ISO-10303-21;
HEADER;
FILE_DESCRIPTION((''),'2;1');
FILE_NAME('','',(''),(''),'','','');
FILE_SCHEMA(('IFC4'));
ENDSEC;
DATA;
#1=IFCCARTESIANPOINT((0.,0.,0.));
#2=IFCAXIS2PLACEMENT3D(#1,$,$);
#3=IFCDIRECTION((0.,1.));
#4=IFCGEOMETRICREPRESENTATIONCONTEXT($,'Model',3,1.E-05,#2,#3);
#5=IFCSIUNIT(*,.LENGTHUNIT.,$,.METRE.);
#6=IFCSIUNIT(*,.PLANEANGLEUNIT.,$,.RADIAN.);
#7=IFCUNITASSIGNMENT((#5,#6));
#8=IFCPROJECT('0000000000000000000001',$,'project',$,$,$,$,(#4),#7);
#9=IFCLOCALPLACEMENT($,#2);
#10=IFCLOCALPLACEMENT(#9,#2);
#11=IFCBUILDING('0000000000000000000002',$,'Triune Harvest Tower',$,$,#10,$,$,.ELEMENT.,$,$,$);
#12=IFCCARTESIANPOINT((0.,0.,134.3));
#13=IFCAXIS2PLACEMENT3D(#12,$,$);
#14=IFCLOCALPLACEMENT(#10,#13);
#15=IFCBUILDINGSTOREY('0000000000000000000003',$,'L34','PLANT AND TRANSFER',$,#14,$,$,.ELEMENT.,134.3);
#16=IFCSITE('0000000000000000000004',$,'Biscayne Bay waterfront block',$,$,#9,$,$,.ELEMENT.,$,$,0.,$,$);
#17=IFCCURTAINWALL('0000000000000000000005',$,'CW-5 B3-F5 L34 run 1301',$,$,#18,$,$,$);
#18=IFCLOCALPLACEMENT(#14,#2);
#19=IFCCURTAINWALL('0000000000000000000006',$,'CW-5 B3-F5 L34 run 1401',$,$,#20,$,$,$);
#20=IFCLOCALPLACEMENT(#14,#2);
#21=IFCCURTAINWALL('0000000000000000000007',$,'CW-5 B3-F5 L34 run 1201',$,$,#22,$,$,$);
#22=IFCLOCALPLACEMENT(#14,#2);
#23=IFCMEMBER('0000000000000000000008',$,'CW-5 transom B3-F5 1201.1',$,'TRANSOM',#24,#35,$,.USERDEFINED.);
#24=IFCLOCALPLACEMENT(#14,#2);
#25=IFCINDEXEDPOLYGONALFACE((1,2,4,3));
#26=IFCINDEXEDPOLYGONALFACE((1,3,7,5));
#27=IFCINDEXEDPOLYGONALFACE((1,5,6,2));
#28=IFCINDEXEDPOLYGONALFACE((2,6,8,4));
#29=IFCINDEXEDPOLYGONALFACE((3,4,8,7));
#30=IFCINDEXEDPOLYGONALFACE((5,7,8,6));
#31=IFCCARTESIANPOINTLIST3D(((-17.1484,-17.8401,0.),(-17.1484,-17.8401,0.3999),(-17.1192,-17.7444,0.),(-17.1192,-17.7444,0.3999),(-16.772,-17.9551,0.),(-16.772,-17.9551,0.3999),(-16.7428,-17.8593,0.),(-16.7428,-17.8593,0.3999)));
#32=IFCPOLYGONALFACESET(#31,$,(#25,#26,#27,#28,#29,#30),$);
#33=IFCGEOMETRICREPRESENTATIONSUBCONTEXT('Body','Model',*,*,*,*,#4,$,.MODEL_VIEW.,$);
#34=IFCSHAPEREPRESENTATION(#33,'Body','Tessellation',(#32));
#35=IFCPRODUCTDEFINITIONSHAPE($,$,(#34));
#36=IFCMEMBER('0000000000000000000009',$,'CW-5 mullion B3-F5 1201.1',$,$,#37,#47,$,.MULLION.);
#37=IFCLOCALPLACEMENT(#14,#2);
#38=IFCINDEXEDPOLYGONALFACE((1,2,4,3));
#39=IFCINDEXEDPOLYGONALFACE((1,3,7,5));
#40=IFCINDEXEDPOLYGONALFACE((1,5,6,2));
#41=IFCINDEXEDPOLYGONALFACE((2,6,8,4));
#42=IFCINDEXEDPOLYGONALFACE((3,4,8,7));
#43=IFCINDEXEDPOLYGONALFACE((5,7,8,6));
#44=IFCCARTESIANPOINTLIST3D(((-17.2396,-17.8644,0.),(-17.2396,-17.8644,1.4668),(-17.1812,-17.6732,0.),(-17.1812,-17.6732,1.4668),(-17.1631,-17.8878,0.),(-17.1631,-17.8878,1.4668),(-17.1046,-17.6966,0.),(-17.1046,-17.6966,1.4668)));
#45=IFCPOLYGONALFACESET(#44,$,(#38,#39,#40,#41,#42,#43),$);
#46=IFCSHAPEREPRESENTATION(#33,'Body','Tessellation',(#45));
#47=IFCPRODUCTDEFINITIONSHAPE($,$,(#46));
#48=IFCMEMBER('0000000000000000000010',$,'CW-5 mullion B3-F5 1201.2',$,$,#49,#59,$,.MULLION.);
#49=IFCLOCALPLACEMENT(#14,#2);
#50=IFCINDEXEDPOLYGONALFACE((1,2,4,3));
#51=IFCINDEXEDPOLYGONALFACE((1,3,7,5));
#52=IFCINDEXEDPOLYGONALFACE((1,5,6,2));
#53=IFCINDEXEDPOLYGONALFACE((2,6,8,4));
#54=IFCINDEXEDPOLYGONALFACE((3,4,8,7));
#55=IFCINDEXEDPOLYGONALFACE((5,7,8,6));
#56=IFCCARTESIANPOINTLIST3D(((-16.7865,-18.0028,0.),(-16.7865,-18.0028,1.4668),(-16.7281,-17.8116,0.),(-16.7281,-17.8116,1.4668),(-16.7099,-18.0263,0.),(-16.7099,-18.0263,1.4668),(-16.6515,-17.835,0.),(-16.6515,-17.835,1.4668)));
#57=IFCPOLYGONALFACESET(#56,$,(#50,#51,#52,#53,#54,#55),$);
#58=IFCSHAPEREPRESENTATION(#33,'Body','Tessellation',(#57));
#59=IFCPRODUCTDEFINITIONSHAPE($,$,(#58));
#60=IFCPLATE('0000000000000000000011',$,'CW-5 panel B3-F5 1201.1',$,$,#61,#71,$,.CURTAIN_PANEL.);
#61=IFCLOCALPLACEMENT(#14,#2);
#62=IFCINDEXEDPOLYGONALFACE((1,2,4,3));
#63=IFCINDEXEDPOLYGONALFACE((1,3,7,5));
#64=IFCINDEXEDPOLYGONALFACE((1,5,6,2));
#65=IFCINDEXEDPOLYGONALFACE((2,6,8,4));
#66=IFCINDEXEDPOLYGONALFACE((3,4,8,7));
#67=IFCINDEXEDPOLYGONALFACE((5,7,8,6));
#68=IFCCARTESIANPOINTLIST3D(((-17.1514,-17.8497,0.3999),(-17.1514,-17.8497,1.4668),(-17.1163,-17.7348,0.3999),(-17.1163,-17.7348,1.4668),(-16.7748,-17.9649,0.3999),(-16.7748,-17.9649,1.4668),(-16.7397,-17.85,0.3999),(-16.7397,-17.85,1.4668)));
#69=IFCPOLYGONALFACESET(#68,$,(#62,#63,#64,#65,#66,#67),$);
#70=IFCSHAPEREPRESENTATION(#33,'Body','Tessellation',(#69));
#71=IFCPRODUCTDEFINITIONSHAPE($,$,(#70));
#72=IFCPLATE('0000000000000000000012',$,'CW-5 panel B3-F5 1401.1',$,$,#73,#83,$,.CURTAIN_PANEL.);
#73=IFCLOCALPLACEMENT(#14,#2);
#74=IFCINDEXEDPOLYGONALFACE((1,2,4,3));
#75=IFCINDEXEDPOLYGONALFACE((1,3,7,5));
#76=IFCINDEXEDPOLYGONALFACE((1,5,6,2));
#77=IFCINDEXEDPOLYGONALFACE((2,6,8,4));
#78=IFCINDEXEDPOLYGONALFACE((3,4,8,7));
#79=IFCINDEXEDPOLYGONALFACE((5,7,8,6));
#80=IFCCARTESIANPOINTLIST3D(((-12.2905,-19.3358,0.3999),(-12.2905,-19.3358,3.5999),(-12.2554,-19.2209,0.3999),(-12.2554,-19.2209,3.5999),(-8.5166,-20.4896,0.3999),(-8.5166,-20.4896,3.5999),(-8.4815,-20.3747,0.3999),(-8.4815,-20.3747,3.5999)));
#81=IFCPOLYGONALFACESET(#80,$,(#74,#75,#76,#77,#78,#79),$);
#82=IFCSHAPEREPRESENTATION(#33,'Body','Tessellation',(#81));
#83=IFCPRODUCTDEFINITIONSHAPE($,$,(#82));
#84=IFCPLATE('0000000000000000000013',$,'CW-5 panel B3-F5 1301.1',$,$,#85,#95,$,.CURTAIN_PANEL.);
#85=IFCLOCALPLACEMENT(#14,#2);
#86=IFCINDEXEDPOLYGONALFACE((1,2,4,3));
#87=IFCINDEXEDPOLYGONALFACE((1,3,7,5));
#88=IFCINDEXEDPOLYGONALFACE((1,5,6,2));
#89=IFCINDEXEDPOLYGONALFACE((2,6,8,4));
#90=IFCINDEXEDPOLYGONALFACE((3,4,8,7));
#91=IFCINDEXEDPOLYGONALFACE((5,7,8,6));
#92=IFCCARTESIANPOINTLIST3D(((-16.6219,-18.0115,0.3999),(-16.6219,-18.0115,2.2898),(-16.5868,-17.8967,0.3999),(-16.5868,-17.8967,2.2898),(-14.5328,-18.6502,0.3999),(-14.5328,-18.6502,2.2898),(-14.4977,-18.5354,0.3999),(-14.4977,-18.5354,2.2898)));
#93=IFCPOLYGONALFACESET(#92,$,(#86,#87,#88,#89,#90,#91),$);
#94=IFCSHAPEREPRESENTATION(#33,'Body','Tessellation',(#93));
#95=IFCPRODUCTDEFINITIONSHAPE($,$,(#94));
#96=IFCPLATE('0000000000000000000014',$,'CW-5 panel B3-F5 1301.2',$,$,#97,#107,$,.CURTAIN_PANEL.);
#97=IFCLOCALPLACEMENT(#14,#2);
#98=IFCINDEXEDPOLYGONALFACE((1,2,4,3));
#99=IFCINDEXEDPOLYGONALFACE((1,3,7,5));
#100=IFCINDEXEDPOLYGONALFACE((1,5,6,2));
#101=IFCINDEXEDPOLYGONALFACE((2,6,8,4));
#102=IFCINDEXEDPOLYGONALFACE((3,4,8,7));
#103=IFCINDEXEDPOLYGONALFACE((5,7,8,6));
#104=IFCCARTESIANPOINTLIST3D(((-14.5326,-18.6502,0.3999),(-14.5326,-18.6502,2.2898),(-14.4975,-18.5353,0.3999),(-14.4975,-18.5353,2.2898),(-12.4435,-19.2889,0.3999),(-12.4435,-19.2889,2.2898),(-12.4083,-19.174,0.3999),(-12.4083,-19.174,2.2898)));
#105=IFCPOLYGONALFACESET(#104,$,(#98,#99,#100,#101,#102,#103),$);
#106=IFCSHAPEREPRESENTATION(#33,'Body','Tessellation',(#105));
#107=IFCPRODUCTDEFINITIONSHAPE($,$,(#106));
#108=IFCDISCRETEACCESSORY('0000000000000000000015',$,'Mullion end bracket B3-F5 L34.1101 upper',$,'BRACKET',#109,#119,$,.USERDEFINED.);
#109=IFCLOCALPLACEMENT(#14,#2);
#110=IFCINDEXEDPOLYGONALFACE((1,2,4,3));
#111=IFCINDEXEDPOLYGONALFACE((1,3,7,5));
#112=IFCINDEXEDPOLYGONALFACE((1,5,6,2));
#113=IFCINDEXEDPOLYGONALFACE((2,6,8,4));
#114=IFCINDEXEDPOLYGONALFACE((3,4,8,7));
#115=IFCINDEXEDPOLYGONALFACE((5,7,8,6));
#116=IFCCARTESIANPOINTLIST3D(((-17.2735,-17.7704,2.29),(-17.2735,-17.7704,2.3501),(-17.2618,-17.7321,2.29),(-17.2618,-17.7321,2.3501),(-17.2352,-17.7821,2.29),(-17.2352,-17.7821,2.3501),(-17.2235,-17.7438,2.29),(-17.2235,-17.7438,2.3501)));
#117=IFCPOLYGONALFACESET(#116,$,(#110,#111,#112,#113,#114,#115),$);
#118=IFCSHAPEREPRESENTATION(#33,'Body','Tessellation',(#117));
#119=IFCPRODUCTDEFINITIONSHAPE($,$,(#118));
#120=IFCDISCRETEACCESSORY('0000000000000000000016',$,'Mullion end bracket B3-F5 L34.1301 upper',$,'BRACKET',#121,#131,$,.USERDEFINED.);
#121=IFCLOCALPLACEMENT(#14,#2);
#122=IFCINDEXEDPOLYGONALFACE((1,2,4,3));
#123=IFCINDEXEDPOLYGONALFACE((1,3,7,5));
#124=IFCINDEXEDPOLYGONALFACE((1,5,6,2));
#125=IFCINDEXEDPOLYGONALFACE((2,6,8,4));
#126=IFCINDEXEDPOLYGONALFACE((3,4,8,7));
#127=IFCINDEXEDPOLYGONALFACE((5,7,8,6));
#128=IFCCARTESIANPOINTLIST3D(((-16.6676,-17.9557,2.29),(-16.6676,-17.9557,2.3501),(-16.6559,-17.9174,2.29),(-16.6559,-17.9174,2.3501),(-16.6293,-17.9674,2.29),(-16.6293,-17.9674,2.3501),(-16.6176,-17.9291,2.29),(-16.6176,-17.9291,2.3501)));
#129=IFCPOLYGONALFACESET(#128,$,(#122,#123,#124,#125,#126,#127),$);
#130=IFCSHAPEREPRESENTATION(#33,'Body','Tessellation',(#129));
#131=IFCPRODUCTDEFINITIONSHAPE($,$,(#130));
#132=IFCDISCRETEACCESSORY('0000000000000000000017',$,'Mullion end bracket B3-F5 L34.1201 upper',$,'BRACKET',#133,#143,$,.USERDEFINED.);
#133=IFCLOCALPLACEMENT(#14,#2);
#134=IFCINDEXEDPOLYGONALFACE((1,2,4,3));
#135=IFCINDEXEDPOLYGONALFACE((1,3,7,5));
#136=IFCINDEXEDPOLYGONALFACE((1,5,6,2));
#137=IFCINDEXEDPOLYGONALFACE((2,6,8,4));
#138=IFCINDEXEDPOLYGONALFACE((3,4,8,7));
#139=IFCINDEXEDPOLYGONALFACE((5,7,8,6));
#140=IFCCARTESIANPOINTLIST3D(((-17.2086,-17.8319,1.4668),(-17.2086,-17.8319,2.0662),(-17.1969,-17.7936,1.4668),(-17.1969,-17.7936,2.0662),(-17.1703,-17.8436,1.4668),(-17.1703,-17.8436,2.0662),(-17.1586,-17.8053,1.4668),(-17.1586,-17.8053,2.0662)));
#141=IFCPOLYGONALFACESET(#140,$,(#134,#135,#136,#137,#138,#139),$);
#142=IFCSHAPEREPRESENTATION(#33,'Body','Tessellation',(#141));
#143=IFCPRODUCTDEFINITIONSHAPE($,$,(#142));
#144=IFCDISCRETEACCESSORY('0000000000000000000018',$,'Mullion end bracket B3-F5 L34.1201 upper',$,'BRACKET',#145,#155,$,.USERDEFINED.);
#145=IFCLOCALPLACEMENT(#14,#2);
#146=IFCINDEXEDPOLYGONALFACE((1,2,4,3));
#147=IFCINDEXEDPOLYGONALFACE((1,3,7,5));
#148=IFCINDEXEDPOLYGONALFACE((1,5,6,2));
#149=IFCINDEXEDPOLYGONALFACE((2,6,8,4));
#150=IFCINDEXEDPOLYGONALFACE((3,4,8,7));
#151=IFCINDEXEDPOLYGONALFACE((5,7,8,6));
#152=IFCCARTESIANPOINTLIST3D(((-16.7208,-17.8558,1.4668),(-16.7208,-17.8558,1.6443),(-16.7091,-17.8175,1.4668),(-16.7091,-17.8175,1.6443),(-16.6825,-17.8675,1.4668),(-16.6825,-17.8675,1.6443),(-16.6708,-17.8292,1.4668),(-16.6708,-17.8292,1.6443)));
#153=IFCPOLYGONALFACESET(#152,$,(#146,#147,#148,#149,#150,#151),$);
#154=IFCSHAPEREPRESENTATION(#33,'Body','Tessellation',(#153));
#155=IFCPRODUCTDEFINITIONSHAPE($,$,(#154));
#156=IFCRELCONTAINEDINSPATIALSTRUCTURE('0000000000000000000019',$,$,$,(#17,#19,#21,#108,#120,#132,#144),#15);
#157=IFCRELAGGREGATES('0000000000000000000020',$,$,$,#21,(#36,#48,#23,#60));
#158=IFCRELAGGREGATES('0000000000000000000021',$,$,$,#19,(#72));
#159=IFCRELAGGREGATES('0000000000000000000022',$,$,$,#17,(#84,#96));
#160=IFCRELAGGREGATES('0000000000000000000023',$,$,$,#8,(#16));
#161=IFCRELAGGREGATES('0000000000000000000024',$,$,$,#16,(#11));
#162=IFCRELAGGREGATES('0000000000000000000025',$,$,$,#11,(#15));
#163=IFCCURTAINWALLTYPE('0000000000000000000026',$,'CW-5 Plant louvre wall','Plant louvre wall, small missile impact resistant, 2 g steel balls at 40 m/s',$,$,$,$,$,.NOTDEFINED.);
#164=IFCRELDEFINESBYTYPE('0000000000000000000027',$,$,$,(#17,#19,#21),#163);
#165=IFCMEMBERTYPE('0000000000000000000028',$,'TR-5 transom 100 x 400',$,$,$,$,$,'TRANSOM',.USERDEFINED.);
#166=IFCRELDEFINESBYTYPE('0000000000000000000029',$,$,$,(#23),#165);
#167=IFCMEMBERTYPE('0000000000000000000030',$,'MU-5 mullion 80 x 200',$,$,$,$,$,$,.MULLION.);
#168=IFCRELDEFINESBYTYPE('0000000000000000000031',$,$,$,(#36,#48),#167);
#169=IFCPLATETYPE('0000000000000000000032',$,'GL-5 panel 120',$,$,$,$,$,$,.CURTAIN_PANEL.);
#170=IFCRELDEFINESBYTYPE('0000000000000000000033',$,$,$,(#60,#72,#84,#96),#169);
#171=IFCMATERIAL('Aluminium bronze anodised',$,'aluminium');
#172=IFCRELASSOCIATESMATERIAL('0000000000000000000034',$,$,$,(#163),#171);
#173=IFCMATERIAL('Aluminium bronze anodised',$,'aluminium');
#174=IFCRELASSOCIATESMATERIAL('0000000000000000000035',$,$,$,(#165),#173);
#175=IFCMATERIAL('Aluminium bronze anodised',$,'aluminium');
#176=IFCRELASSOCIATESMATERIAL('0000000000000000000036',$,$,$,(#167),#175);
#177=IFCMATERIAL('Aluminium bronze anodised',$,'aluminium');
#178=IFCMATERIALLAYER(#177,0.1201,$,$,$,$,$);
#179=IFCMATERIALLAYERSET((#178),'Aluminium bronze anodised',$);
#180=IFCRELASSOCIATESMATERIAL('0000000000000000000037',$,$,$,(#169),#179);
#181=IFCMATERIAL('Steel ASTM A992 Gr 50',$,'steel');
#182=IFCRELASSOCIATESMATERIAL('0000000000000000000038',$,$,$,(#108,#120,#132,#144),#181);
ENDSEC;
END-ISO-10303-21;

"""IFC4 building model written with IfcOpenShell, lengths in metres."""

from ifc_helpers import new_model, si_unit, direction, frame, origin, origin_2d, place, context, subcontext, project, spatial, rectangle, extrude, source, transform, mapped, material, layer, layer_set, material_profile, profile_set, type_object, element, aggregate, save


model = new_model("IFC4")

# Units and contexts
model_context = context("Model", 3, precision=1e-05, world=origin(), true_north=direction((0.0, 1.0)))
body_context = subcontext(model_context, "Body", "Model", "MODEL_VIEW")
ifc_project = project(units=[si_unit("LENGTHUNIT", "METRE"), si_unit("PLANEANGLEUNIT", "RADIAN")], contexts=[model_context])

# Site, building, storey
site_placement = place(None, origin())
site = spatial("IfcSite", under=ifc_project, at=site_placement, Name="Biscayne Bay waterfront block", CompositionType="ELEMENT", RefElevation=0.0)
building_placement = place(site_placement, origin())
building = spatial("IfcBuilding", under=site, at=building_placement, Name="Triune Harvest Tower", CompositionType="ELEMENT")
storey_placement = place(building_placement, frame((0.0, 0.0, 134.3)))
storey = spatial("IfcBuildingStorey", under=building, at=storey_placement, Name="L34", Description="PLANT AND TRANSFER", CompositionType="ELEMENT", Elevation=134.3)

# Curtain wall
ifc_material_1 = material(Name="Aluminium bronze anodised", Category="aluminium")
curtain_wall_type = type_object("IfcCurtainWallType", Name="CW-5 Plant louvre wall", Description="Plant louvre wall, small missile impact resistant, 2 g steel balls at 40 m/s", PredefinedType="NOTDEFINED", material=ifc_material_1)
curtain_wall_1_placement = place(storey_placement, origin())
curtain_wall_1 = element("IfcCurtainWall", 1, at=curtain_wall_1_placement, inside=storey, type_object=curtain_wall_type, Name="CW-5 B3-F5 L34 run 1301")
ifc_material_2 = material(Name="Aluminium bronze anodised", Category="aluminium")
ifc_material_profile_1 = material_profile(ifc_material_2, rectangle(XDim=0.1001, YDim=0.3999, at=origin_2d()), Name="TR-5 transom 100 x 400")
ifc_profile_set_1 = profile_set([ifc_material_profile_1], Name="Aluminium bronze anodised")
member_type_1 = type_object("IfcMemberType", Name="TR-5 transom 100 x 400", ElementType="TRANSOM", PredefinedType="USERDEFINED", material=ifc_profile_set_1)

# Curtain wall
curtain_wall_2_placement = place(storey_placement, origin())
curtain_wall_2 = element("IfcCurtainWall", 2, at=curtain_wall_2_placement, inside=storey, type_object=curtain_wall_type, Name="CW-5 B3-F5 L34 run 1401")
ifc_material_3 = material(Name="Aluminium bronze anodised", Category="aluminium")
ifc_material_profile_2 = material_profile(ifc_material_3, rectangle(XDim=0.2, YDim=0.0801, at=origin_2d()), Name="MU-5 mullion 80 x 200")
ifc_profile_set_2 = profile_set([ifc_material_profile_2], Name="Aluminium bronze anodised")
member_type_2 = type_object("IfcMemberType", Name="MU-5 mullion 80 x 200", PredefinedType="MULLION", material=ifc_profile_set_2)

# Curtain wall, members, plate
curtain_wall_3_placement = place(storey_placement, origin())
curtain_wall_3 = element("IfcCurtainWall", 3, at=curtain_wall_3_placement, inside=storey, type_object=curtain_wall_type, Name="CW-5 B3-F5 L34 run 1201")
shared_shape_1 = source(origin(), body_context, "Body", "SweptSolid", [
    extrude(rectangle(XDim=0.1001, YDim=0.3999, at=origin_2d()), origin(), (0.0, 0.0, 1.0), 0.3936),
])
member_1_placement = place(storey_placement, frame((-17.1338, -17.7922, 0.2), z_axis=(0.95638, -0.292124, 0.0), x_axis=(0.292124, 0.95638, 0.0)))
member_1 = element("IfcMember", 4, at=member_1_placement, type_object=member_type_1, Name="CW-5 transom B3-F5 1201.1", ObjectType="TRANSOM", PredefinedType="USERDEFINED", context=body_context, shape_type="MappedRepresentation", body=[
    mapped(shared_shape_1, transform((0.0, 0.0, 0.0), scale=1.0)),
])
shared_shape_2 = source(origin(), body_context, "Body", "SweptSolid", [
    extrude(rectangle(XDim=0.2, YDim=0.0801, at=origin_2d()), origin(), (0.0, 0.0, 1.0), 1.4668),
])
member_2_placement = place(storey_placement, frame((-17.1721, -17.7805, 0.0), z_axis=(0.0, 0.0, 1.0), x_axis=(0.292397, 0.956297, 0.0)))
member_2 = element("IfcMember", 5, at=member_2_placement, type_object=member_type_2, Name="CW-5 mullion B3-F5 1201.1", PredefinedType="MULLION", context=body_context, shape_type="MappedRepresentation", body=[
    mapped(shared_shape_2, transform((0.0, 0.0, 0.0), scale=1.0)),
])
member_3_placement = place(storey_placement, frame((-16.719, -17.9189, 0.0), z_axis=(0.0, 0.0, 1.0), x_axis=(0.292397, 0.956297, 0.0)))
member_3 = element("IfcMember", 6, at=member_3_placement, type_object=member_type_2, Name="CW-5 mullion B3-F5 1201.2", PredefinedType="MULLION", context=body_context, shape_type="MappedRepresentation", body=[
    mapped(shared_shape_2, transform((0.0, 0.0, 0.0), scale=1.0)),
])
ifc_material_4 = material(Name="Aluminium bronze anodised", Category="aluminium")
ifc_layer = layer(ifc_material_4, 0.1201)
ifc_layer_set = layer_set([ifc_layer], Name="Aluminium bronze anodised")
plate_type = type_object("IfcPlateType", Name="GL-5 panel 120", PredefinedType="CURTAIN_PANEL", material=ifc_layer_set)
plate_1_placement = place(storey_placement, frame((-16.9456, -17.8499, 0.3999), z_axis=(0.0, 0.0, 1.0), x_axis=(0.956297, -0.292397, 0.0)))
plate_1 = element("IfcPlate", 7, at=plate_1_placement, type_object=plate_type, Name="CW-5 panel B3-F5 1201.1", PredefinedType="CURTAIN_PANEL", context=body_context, shape_type="SweptSolid", body=[
    extrude(rectangle(XDim=0.3938, YDim=0.1201, at=origin_2d()), origin(), (0.0, 0.0, 1.0), 1.0669),
])
aggregate(curtain_wall_3, [member_2, member_3, member_1, plate_1])

# Plates
shared_shape_3 = source(origin(), body_context, "Body", "SweptSolid", [
    extrude(rectangle(XDim=3.9463, YDim=0.1201, at=origin_2d()), origin(), (0.0, 0.0, 1.0), 3.2),
])
plate_2_placement = place(storey_placement, frame((-10.386, -19.8552, 0.3999), z_axis=(0.0, 0.0, 1.0), x_axis=(0.956304, -0.292374, 0.0)))
plate_2 = element("IfcPlate", 8, at=plate_2_placement, type_object=plate_type, Name="CW-5 panel B3-F5 1401.1", PredefinedType="CURTAIN_PANEL", context=body_context, shape_type="MappedRepresentation", body=[
    mapped(shared_shape_3, transform((0.0, 0.0, 0.0), scale=1.0)),
])
aggregate(curtain_wall_2, [plate_2])
shared_shape_4 = source(origin(), body_context, "Body", "SweptSolid", [
    extrude(rectangle(XDim=2.1846, YDim=0.1201, at=origin_2d()), origin(), (0.0, 0.0, 1.0), 1.8899),
])
plate_3_placement = place(storey_placement, frame((-15.5598, -18.2734, 0.3999), z_axis=(0.0, 0.0, 1.0), x_axis=(0.956305, -0.292369, 0.0)))
plate_3 = element("IfcPlate", 9, at=plate_3_placement, type_object=plate_type, Name="CW-5 panel B3-F5 1301.1", PredefinedType="CURTAIN_PANEL", context=body_context, shape_type="MappedRepresentation", body=[
    mapped(shared_shape_4, transform((0.0, 0.0, 0.0), scale=1.0)),
])
plate_4_placement = place(storey_placement, frame((-13.4705, -18.9121, 0.3999), z_axis=(0.0, 0.0, 1.0), x_axis=(0.956305, -0.292369, 0.0)))
plate_4 = element("IfcPlate", 10, at=plate_4_placement, type_object=plate_type, Name="CW-5 panel B3-F5 1301.2", PredefinedType="CURTAIN_PANEL", context=body_context, shape_type="MappedRepresentation", body=[
    mapped(shared_shape_4, transform((0.0, 0.0, 0.0), scale=1.0)),
])
aggregate(curtain_wall_1, [plate_3, plate_4])

# Discrete accessories
ifc_material_5 = material(Name="Steel ASTM A992 Gr 50", Category="steel")
shared_shape_5 = source(origin(), body_context, "Body", "SweptSolid", [
    extrude(rectangle(XDim=0.04, YDim=0.04, at=origin_2d()), origin(), (0.0, 0.0, 1.0), 0.0601),
])
for number, where, z_axis, x_axis, name in (
    (11, (-17.2485, -17.7571, 2.29), (0.0, 0.0, 1.0), (0.956301, -0.292385, 0.0), "Mullion end bracket B3-F5 L34.1101 upper"),
    (12, (-16.6426, -17.9424, 2.29), (0.0, 0.0, 1.0), (0.956305, -0.29237, 0.0), "Mullion end bracket B3-F5 L34.1301 upper"),
):
    element("IfcDiscreteAccessory", number, at=place(storey_placement, frame(where, z_axis=z_axis, x_axis=x_axis)), inside=storey, material=ifc_material_5, Name=name, ObjectType="BRACKET", PredefinedType="USERDEFINED", context=body_context, shape_type="MappedRepresentation", body=[
        mapped(shared_shape_5, transform((0.0, 0.0, 0.0), scale=1.0)),
    ])
discrete_accessory_1_placement = place(storey_placement, frame((-17.1836, -17.8186, 1.4668), z_axis=(0.0, 0.0, 1.0), x_axis=(0.956297, -0.292397, 0.0)))
element("IfcDiscreteAccessory", 13, at=discrete_accessory_1_placement, inside=storey, material=ifc_material_5, Name="Mullion end bracket B3-F5 L34.1201 upper", ObjectType="BRACKET", PredefinedType="USERDEFINED", context=body_context, shape_type="SweptSolid", body=[
    extrude(rectangle(XDim=0.04, YDim=0.04, at=origin_2d()), origin(), (0.0, 0.0, 1.0), 0.5994),
])
discrete_accessory_2_placement = place(storey_placement, frame((-16.6958, -17.8425, 1.4668), z_axis=(0.0, 0.0, 1.0), x_axis=(0.956297, -0.292397, 0.0)))
element("IfcDiscreteAccessory", 14, at=discrete_accessory_2_placement, inside=storey, material=ifc_material_5, Name="Mullion end bracket B3-F5 L34.1201 upper", ObjectType="BRACKET", PredefinedType="USERDEFINED", context=body_context, shape_type="SweptSolid", body=[
    extrude(rectangle(XDim=0.04, YDim=0.04, at=origin_2d()), origin(), (0.0, 0.0, 1.0), 0.1775),
])

save(model, "model.ifc")
